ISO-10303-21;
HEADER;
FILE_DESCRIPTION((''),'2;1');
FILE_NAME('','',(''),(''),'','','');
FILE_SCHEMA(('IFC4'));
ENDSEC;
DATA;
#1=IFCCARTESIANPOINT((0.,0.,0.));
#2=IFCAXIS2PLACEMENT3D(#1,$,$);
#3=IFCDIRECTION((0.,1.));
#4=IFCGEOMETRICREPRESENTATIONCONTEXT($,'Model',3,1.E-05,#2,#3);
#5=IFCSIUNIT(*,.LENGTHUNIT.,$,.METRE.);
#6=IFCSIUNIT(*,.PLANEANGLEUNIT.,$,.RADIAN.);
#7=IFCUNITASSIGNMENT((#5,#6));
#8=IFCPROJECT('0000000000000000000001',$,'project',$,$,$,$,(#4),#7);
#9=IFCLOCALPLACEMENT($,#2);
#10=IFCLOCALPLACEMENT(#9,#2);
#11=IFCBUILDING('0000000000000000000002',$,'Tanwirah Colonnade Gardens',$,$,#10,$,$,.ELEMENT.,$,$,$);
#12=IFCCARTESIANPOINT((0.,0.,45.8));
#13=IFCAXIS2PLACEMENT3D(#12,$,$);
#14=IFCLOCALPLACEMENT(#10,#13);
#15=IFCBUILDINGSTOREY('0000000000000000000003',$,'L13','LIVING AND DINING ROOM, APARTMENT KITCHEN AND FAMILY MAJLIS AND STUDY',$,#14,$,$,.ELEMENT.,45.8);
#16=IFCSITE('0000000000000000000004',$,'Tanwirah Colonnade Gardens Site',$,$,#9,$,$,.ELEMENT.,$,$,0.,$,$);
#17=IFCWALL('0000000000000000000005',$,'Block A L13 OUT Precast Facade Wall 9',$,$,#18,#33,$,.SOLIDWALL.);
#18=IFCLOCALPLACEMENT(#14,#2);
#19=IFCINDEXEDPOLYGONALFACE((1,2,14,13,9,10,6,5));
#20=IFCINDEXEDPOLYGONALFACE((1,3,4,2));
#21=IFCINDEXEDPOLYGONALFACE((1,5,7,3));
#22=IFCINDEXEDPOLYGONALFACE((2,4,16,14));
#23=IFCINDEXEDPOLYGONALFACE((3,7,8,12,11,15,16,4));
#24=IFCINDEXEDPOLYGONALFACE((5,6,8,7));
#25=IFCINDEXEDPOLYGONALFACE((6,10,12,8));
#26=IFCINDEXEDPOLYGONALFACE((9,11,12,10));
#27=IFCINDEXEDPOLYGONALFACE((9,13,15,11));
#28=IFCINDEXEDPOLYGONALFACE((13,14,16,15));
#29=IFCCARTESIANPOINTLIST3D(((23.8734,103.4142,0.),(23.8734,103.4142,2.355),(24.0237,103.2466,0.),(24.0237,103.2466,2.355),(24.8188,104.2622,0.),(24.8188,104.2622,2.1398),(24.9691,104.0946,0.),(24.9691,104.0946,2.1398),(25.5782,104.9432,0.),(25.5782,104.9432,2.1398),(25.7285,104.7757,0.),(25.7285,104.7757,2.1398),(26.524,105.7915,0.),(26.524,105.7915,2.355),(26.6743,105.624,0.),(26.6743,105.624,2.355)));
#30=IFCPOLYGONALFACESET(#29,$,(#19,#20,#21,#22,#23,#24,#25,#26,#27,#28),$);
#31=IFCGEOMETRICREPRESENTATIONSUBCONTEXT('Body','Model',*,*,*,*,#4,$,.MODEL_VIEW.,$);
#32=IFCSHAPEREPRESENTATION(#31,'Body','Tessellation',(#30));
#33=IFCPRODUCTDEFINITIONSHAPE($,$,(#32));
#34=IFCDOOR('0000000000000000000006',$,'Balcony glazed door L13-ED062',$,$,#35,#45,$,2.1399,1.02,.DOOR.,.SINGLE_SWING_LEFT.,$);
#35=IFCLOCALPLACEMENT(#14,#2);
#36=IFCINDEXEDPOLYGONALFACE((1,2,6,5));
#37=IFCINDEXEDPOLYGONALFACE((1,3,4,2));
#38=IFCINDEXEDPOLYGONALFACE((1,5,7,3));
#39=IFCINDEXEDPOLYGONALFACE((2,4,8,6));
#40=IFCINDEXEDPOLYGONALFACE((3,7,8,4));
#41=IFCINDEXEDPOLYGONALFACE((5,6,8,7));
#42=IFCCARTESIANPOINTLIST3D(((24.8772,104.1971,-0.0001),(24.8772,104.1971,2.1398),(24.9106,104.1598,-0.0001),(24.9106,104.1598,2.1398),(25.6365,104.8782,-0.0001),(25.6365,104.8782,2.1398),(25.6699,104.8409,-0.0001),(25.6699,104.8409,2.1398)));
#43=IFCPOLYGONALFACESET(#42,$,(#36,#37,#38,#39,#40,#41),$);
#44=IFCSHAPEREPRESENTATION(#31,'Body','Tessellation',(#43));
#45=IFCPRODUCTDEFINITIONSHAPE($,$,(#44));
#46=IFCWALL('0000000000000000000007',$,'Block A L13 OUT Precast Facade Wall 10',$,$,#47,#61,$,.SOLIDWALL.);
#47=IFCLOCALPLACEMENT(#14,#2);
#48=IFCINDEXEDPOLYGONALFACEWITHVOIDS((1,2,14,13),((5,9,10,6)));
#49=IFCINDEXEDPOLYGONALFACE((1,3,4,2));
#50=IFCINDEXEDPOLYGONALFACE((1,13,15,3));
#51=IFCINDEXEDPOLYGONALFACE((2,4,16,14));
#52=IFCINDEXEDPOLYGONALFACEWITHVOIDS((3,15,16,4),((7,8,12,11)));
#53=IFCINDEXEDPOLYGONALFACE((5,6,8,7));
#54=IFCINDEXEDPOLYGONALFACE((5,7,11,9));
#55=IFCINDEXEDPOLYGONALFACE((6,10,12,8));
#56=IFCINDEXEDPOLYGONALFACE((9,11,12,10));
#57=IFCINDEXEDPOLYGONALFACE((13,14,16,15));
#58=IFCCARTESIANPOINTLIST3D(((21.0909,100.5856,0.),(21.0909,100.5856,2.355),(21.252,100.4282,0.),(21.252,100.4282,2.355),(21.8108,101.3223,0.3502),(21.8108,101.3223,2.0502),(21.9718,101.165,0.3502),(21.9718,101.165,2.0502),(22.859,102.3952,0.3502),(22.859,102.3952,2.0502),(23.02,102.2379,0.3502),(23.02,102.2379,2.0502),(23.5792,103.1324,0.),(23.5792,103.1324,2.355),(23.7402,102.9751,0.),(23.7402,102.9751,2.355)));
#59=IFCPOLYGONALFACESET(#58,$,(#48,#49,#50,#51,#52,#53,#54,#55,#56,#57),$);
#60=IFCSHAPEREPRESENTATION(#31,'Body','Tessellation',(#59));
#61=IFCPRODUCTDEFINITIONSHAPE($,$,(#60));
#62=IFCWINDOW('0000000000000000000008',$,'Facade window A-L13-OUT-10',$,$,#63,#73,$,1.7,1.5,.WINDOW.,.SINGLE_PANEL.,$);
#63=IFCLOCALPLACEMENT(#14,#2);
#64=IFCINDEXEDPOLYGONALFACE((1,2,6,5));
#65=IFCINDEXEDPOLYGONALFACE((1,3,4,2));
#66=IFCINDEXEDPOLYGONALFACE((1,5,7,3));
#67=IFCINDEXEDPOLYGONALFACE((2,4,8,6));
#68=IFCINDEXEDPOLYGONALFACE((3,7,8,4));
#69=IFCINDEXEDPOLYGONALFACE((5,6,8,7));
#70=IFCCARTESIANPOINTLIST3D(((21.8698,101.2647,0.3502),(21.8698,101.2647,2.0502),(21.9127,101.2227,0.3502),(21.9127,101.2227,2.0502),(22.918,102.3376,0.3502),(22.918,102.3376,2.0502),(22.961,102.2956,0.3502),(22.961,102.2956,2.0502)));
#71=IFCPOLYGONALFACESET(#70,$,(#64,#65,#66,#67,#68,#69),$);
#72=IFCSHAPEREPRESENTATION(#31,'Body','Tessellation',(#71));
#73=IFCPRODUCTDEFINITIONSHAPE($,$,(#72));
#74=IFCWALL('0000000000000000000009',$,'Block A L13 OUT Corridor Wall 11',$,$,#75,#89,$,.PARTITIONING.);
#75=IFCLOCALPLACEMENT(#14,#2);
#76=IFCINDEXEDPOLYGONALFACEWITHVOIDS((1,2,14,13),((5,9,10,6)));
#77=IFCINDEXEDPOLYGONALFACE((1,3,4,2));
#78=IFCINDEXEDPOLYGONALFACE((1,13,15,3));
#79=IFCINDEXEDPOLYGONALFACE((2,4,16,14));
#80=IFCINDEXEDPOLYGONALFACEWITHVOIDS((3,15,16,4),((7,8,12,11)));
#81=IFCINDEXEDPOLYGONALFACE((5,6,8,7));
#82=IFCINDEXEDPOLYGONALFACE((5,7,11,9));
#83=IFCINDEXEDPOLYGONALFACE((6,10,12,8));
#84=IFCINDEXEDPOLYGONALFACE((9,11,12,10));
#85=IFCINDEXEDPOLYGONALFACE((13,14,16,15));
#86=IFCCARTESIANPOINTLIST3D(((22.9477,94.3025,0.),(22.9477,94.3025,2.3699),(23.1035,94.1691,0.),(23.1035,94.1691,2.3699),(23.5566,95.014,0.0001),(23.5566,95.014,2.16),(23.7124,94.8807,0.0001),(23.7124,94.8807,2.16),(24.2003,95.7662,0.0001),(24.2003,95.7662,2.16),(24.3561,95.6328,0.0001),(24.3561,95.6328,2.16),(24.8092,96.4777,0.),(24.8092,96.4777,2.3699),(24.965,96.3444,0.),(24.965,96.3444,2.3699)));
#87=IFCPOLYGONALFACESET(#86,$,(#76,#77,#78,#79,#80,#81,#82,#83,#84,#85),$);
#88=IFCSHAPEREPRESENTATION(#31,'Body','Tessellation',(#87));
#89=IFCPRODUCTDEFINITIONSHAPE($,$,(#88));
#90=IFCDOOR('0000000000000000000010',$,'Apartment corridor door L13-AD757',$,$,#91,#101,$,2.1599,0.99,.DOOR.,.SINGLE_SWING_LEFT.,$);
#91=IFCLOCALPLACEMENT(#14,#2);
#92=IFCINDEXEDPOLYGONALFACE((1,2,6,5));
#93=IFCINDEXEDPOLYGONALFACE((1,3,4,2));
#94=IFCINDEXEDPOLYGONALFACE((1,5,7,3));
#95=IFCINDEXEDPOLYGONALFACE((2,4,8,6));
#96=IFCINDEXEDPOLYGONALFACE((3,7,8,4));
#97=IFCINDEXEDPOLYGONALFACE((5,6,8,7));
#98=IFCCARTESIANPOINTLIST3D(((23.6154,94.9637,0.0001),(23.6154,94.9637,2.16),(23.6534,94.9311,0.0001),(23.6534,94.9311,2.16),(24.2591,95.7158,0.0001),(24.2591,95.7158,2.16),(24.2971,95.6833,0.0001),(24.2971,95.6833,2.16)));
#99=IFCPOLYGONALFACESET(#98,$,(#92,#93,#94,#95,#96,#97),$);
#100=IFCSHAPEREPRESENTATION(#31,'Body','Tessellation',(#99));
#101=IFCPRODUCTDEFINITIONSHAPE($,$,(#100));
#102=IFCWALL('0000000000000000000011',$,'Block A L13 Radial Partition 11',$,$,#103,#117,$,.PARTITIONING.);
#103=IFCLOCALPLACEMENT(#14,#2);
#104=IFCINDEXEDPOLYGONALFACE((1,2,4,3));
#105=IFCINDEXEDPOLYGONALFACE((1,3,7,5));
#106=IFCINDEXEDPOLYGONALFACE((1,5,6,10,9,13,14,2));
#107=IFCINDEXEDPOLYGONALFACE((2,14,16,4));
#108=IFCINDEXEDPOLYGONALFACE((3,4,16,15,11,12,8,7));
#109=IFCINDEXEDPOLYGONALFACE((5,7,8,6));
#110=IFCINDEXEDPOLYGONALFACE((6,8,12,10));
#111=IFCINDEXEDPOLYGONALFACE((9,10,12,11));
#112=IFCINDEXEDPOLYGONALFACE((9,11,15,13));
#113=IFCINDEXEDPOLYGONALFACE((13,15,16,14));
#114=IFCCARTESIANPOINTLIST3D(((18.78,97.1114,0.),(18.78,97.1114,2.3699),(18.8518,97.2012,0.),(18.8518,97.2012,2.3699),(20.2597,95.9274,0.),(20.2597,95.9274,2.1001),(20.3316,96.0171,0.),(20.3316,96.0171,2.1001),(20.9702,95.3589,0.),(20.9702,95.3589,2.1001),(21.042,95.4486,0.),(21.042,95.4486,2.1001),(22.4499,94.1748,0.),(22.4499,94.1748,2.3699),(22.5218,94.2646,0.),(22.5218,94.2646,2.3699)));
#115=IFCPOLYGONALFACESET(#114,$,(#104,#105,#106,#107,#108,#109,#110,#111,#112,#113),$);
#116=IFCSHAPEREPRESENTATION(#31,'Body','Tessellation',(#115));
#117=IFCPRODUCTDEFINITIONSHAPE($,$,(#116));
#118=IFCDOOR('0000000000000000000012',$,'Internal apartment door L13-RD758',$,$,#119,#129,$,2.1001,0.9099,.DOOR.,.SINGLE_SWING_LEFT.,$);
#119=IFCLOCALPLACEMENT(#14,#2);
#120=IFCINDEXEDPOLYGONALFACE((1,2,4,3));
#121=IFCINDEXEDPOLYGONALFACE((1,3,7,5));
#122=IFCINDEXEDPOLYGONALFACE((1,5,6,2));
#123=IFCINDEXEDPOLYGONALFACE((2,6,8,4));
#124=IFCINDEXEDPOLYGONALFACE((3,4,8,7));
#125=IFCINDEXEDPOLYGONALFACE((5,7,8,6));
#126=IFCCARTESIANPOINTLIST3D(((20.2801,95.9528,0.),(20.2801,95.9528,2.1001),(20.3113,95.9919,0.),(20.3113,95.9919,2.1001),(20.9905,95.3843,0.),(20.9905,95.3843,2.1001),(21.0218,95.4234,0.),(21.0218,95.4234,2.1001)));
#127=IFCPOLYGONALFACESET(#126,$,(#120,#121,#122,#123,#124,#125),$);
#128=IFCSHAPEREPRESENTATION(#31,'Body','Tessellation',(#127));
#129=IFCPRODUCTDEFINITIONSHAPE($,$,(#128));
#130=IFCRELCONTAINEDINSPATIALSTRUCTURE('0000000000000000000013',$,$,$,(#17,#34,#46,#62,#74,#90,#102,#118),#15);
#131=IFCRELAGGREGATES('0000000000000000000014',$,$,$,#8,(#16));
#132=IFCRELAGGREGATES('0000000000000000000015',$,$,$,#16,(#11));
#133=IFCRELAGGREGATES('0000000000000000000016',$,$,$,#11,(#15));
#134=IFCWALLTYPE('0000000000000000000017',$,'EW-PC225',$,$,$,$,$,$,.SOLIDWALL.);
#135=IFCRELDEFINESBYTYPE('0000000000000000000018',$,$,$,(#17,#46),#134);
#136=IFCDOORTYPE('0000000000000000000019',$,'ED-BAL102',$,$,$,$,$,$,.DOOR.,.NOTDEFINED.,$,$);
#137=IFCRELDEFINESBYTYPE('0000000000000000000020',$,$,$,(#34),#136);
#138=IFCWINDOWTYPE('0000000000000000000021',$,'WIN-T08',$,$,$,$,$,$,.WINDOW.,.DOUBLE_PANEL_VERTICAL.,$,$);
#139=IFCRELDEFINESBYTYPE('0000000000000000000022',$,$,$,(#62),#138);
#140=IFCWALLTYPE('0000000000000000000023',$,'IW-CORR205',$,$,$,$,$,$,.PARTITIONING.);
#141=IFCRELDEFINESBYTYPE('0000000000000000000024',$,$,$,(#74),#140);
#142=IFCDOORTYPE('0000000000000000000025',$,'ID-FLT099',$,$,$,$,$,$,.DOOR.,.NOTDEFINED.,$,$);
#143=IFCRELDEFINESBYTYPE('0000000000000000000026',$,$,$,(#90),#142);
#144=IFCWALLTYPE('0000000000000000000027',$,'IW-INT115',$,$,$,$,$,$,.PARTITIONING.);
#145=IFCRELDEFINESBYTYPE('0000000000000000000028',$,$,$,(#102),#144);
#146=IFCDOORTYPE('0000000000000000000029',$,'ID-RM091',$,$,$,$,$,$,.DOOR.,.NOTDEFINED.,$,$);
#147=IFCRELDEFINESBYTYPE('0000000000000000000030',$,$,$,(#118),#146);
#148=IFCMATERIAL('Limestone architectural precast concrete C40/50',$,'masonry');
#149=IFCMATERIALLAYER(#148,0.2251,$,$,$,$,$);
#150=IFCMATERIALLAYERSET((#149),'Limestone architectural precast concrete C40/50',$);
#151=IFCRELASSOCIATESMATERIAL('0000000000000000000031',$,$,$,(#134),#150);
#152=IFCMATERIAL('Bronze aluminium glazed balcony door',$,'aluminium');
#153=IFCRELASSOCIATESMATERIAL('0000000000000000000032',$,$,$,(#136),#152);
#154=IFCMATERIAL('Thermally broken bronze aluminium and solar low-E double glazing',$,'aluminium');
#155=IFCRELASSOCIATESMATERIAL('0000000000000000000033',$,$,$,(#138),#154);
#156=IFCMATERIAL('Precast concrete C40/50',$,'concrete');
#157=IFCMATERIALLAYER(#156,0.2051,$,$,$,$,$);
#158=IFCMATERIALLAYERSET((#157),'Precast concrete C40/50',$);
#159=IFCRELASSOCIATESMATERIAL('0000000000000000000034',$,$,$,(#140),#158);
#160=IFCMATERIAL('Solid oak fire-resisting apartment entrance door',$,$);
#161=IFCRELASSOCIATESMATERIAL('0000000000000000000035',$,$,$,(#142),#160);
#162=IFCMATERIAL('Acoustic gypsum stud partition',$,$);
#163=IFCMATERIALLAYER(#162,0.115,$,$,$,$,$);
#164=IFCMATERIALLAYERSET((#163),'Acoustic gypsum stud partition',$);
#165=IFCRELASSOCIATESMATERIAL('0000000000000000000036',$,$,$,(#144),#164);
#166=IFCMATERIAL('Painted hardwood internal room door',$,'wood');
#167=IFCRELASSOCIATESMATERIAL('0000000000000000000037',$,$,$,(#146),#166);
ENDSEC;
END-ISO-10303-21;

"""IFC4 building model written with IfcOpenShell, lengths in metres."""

from ifc_helpers import new_model, si_unit, direction, frame, frame_2d, origin, place, context, subcontext, project, spatial, rectangle, extrude, material, layer, layer_set, type_object, element, fill, save


model = new_model("IFC4")

# Units and contexts
model_context = context("Model", 3, precision=1e-05, world=origin(), true_north=direction((0.0, 1.0)))
body_context = subcontext(model_context, "Body", "Model", "MODEL_VIEW")
ifc_project = project(units=[si_unit("LENGTHUNIT", "METRE"), si_unit("PLANEANGLEUNIT", "RADIAN")], contexts=[model_context])

# Site, building, storey
site_placement = place(None, origin())
site = spatial("IfcSite", under=ifc_project, at=site_placement, Name="Tanwirah Colonnade Gardens Site", CompositionType="ELEMENT", RefElevation=0.0)
building_placement = place(site_placement, origin())
building = spatial("IfcBuilding", under=site, at=building_placement, Name="Tanwirah Colonnade Gardens", CompositionType="ELEMENT")
storey_placement = place(building_placement, frame((0.0, 0.0, 45.8)))
storey = spatial("IfcBuildingStorey", under=building, at=storey_placement, Name="L13", Description="LIVING AND DINING ROOM, APARTMENT KITCHEN AND FAMILY MAJLIS AND STUDY", CompositionType="ELEMENT", Elevation=45.8)

# Shared definitions
ifc_material_1 = material(Name="Precast concrete C40/50", Category="concrete")

# Wall, opening, door
ifc_material_2 = material(Name="Limestone architectural precast concrete C40/50", Category="masonry")
ifc_layer_1 = layer(ifc_material_2, 0.2251)
ifc_layer_set_1 = layer_set([ifc_layer_1], Name="Limestone architectural precast concrete C40/50")
wall_type_1 = type_object("IfcWallType", Name="EW-PC225", PredefinedType="SOLIDWALL", material=ifc_layer_set_1)
wall_1_placement = place(storey_placement, frame((26.5991, 105.7078, 0.0), z_axis=(0.0, 0.0, 1.0), x_axis=(-0.744428, -0.667702, 0.0)))
wall_1 = element("IfcWall", 1, at=wall_1_placement, inside=storey, type_object=wall_type_1, Name="Block A L13 OUT Precast Facade Wall 9", PredefinedType="SOLIDWALL", context=body_context, shape_type="SweptSolid", body=[
    extrude(rectangle(XDim=3.5605, YDim=0.2251, at=frame_2d((1.7803, 0.0))), origin(), (0.0, 0.0, 1.0), 2.355),
])
opening_1_placement = place(wall_1_placement, frame((1.2705, 0.0, 0.0)))
opening_1 = element("IfcOpeningElement", 2, at=opening_1_placement, cuts=wall_1, PredefinedType="OPENING", context=body_context, shape_type="SweptSolid", body=[
    extrude(rectangle(XDim=1.02, YDim=2.1399, at=frame_2d((0.51, 1.0698))), frame((0.0, 0.1226, 0.0), z_axis=(0.0, -1.0, 0.0), x_axis=(1.0, 0.0, 0.0)), (0.0, 0.0, 1.0), 0.2451),
])
ifc_material_3 = material(Name="Bronze aluminium glazed balcony door", Category="aluminium")
door_type_1 = type_object("IfcDoorType", Name="ED-BAL102", OperationType="NOTDEFINED", PredefinedType="DOOR", material=ifc_material_3)
door_1_placement = place(opening_1_placement, origin())
door_1 = element("IfcDoor", 3, at=door_1_placement, inside=storey, type_object=door_type_1, Name="Balcony glazed door L13-ED062", OperationType="SINGLE_SWING_LEFT", OverallHeight=2.1399, OverallWidth=1.02, PredefinedType="DOOR", context=body_context, shape_type="SweptSolid", body=[
    extrude(rectangle(XDim=1.02, YDim=2.1399, at=frame_2d((0.51, 1.0698))), frame((0.0, 0.0249, 0.0), z_axis=(0.0, -1.0, 0.0), x_axis=(1.0, 0.0, 0.0)), (0.0, 0.0, 1.0), 0.05),
])
fill(opening_1, door_1)

# Wall, opening, window
wall_2_placement = place(storey_placement, frame((23.6597, 103.0537, 0.0), z_axis=(0.0, 0.0, 1.0), x_axis=(-0.698831, -0.715287, 0.0)))
wall_2 = element("IfcWall", 4, at=wall_2_placement, inside=storey, type_object=wall_type_1, Name="Block A L13 OUT Precast Facade Wall 10", PredefinedType="SOLIDWALL", context=body_context, shape_type="SweptSolid", body=[
    extrude(rectangle(XDim=3.5605, YDim=0.2251, at=frame_2d((1.7803, 0.0))), origin(), (0.0, 0.0, 1.0), 2.355),
])
opening_2_placement = place(wall_2_placement, frame((1.0305, 0.0, 0.3501)))
opening_2 = element("IfcOpeningElement", 5, at=opening_2_placement, cuts=wall_2, PredefinedType="OPENING", context=body_context, shape_type="SweptSolid", body=[
    extrude(rectangle(XDim=1.5, YDim=1.7, at=frame_2d((0.75, 0.8501))), frame((0.0, 0.1226, 0.0), z_axis=(0.0, -1.0, 0.0), x_axis=(1.0, 0.0, 0.0)), (0.0, 0.0, 1.0), 0.2451),
])
ifc_material_4 = material(Name="Thermally broken bronze aluminium and solar low-E double glazing", Category="aluminium")
window_type = type_object("IfcWindowType", Name="WIN-T08", PartitioningType="DOUBLE_PANEL_VERTICAL", PredefinedType="WINDOW", material=ifc_material_4)
window_placement = place(opening_2_placement, origin())
window = element("IfcWindow", 6, at=window_placement, inside=storey, type_object=window_type, Name="Facade window A-L13-OUT-10", OverallHeight=1.7, OverallWidth=1.5, PartitioningType="SINGLE_PANEL", PredefinedType="WINDOW", context=body_context, shape_type="SweptSolid", body=[
    extrude(rectangle(XDim=1.5, YDim=1.7, at=frame_2d((0.75, 0.8501))), frame((0.0, 0.03, 0.0), z_axis=(0.0, -1.0, 0.0), x_axis=(1.0, 0.0, 0.0)), (0.0, 0.0, 1.0), 0.0601),
])
fill(opening_2, window)

# Walls, openings, doors
ifc_layer_2 = layer(ifc_material_1, 0.2051)
ifc_layer_set_2 = layer_set([ifc_layer_2], Name="Precast concrete C40/50")
wall_type_2 = type_object("IfcWallType", Name="IW-CORR205", PredefinedType="PARTITIONING", material=ifc_layer_set_2)
wall_3_placement = place(storey_placement, frame((24.8872, 96.4111, 0.0), z_axis=(0.0, 0.0, 1.0), x_axis=(-0.650194, -0.759768, 0.0)))
wall_3 = element("IfcWall", 7, at=wall_3_placement, inside=storey, type_object=wall_type_2, Name="Block A L13 OUT Corridor Wall 11", PredefinedType="PARTITIONING", context=body_context, shape_type="SweptSolid", body=[
    extrude(rectangle(XDim=2.863, YDim=0.2051, at=frame_2d((1.4316, 0.0))), origin(), (0.0, 0.0, 1.0), 2.3699),
])
opening_3_placement = place(wall_3_placement, frame((0.9365, 0.0, 0.0)))
opening_3 = element("IfcOpeningElement", 8, at=opening_3_placement, cuts=wall_3, PredefinedType="OPENING", context=body_context, shape_type="SweptSolid", body=[
    extrude(rectangle(XDim=0.99, YDim=2.1599, at=frame_2d((0.4951, 1.0801))), frame((0.0, 0.1125, 0.0), z_axis=(0.0, -1.0, 0.0), x_axis=(1.0, 0.0, 0.0)), (0.0, 0.0, 1.0), 0.2251),
])
ifc_material_5 = material(Name="Solid oak fire-resisting apartment entrance door")
door_type_2 = type_object("IfcDoorType", Name="ID-FLT099", OperationType="NOTDEFINED", PredefinedType="DOOR", material=ifc_material_5)
door_2_placement = place(opening_3_placement, origin())
door_2 = element("IfcDoor", 9, at=door_2_placement, inside=storey, type_object=door_type_2, Name="Apartment corridor door L13-AD757", OperationType="SINGLE_SWING_LEFT", OverallHeight=2.1599, OverallWidth=0.99, PredefinedType="DOOR", context=body_context, shape_type="SweptSolid", body=[
    extrude(rectangle(XDim=0.99, YDim=2.1599, at=frame_2d((0.4951, 1.0801))), frame((0.0, 0.0249, 0.0), z_axis=(0.0, -1.0, 0.0), x_axis=(1.0, 0.0, 0.0)), (0.0, 0.0, 1.0), 0.05),
])
fill(opening_3, door_2)
ifc_material_6 = material(Name="Acoustic gypsum stud partition")
ifc_layer_3 = layer(ifc_material_6, 0.115)
ifc_layer_set_3 = layer_set([ifc_layer_3], Name="Acoustic gypsum stud partition")
wall_type_3 = type_object("IfcWallType", Name="IW-INT115", PredefinedType="PARTITIONING", material=ifc_layer_set_3)
wall_4_placement = place(storey_placement, frame((22.4858, 94.2197, 0.0), z_axis=(0.0, 0.0, 1.0), x_axis=(-0.780808, 0.624771, 0.0)))
wall_4 = element("IfcWall", 10, at=wall_4_placement, inside=storey, type_object=wall_type_3, Name="Block A L13 Radial Partition 11", PredefinedType="PARTITIONING", context=body_context, shape_type="SweptSolid", body=[
    extrude(rectangle(XDim=4.7002, YDim=0.115, at=frame_2d((2.3501, 0.0))), origin(), (0.0, 0.0, 1.0), 2.3699),
])
opening_4_placement = place(wall_4_placement, frame((1.895, 0.0, 0.0)))
opening_4 = element("IfcOpeningElement", 11, at=opening_4_placement, cuts=wall_4, PredefinedType="OPENING", context=body_context, shape_type="SweptSolid", body=[
    extrude(rectangle(XDim=0.9099, YDim=2.1001, at=frame_2d((0.4551, 1.05))), frame((0.0, 0.0674, 0.0), z_axis=(0.0, -1.0, 0.0), x_axis=(1.0, 0.0, 0.0)), (0.0, 0.0, 1.0), 0.135),
])
ifc_material_7 = material(Name="Painted hardwood internal room door", Category="wood")
door_type_3 = type_object("IfcDoorType", Name="ID-RM091", OperationType="NOTDEFINED", PredefinedType="DOOR", material=ifc_material_7)
door_3_placement = place(opening_4_placement, origin())
door_3 = element("IfcDoor", 12, at=door_3_placement, inside=storey, type_object=door_type_3, Name="Internal apartment door L13-RD758", OperationType="SINGLE_SWING_LEFT", OverallHeight=2.1001, OverallWidth=0.9099, PredefinedType="DOOR", context=body_context, shape_type="SweptSolid", body=[
    extrude(rectangle(XDim=0.9099, YDim=2.1001, at=frame_2d((0.4551, 1.05))), frame((0.0, 0.0249, 0.0), z_axis=(0.0, -1.0, 0.0), x_axis=(1.0, 0.0, 0.0)), (0.0, 0.0, 1.0), 0.05),
])
fill(opening_4, door_3)

save(model, "model.ifc")
